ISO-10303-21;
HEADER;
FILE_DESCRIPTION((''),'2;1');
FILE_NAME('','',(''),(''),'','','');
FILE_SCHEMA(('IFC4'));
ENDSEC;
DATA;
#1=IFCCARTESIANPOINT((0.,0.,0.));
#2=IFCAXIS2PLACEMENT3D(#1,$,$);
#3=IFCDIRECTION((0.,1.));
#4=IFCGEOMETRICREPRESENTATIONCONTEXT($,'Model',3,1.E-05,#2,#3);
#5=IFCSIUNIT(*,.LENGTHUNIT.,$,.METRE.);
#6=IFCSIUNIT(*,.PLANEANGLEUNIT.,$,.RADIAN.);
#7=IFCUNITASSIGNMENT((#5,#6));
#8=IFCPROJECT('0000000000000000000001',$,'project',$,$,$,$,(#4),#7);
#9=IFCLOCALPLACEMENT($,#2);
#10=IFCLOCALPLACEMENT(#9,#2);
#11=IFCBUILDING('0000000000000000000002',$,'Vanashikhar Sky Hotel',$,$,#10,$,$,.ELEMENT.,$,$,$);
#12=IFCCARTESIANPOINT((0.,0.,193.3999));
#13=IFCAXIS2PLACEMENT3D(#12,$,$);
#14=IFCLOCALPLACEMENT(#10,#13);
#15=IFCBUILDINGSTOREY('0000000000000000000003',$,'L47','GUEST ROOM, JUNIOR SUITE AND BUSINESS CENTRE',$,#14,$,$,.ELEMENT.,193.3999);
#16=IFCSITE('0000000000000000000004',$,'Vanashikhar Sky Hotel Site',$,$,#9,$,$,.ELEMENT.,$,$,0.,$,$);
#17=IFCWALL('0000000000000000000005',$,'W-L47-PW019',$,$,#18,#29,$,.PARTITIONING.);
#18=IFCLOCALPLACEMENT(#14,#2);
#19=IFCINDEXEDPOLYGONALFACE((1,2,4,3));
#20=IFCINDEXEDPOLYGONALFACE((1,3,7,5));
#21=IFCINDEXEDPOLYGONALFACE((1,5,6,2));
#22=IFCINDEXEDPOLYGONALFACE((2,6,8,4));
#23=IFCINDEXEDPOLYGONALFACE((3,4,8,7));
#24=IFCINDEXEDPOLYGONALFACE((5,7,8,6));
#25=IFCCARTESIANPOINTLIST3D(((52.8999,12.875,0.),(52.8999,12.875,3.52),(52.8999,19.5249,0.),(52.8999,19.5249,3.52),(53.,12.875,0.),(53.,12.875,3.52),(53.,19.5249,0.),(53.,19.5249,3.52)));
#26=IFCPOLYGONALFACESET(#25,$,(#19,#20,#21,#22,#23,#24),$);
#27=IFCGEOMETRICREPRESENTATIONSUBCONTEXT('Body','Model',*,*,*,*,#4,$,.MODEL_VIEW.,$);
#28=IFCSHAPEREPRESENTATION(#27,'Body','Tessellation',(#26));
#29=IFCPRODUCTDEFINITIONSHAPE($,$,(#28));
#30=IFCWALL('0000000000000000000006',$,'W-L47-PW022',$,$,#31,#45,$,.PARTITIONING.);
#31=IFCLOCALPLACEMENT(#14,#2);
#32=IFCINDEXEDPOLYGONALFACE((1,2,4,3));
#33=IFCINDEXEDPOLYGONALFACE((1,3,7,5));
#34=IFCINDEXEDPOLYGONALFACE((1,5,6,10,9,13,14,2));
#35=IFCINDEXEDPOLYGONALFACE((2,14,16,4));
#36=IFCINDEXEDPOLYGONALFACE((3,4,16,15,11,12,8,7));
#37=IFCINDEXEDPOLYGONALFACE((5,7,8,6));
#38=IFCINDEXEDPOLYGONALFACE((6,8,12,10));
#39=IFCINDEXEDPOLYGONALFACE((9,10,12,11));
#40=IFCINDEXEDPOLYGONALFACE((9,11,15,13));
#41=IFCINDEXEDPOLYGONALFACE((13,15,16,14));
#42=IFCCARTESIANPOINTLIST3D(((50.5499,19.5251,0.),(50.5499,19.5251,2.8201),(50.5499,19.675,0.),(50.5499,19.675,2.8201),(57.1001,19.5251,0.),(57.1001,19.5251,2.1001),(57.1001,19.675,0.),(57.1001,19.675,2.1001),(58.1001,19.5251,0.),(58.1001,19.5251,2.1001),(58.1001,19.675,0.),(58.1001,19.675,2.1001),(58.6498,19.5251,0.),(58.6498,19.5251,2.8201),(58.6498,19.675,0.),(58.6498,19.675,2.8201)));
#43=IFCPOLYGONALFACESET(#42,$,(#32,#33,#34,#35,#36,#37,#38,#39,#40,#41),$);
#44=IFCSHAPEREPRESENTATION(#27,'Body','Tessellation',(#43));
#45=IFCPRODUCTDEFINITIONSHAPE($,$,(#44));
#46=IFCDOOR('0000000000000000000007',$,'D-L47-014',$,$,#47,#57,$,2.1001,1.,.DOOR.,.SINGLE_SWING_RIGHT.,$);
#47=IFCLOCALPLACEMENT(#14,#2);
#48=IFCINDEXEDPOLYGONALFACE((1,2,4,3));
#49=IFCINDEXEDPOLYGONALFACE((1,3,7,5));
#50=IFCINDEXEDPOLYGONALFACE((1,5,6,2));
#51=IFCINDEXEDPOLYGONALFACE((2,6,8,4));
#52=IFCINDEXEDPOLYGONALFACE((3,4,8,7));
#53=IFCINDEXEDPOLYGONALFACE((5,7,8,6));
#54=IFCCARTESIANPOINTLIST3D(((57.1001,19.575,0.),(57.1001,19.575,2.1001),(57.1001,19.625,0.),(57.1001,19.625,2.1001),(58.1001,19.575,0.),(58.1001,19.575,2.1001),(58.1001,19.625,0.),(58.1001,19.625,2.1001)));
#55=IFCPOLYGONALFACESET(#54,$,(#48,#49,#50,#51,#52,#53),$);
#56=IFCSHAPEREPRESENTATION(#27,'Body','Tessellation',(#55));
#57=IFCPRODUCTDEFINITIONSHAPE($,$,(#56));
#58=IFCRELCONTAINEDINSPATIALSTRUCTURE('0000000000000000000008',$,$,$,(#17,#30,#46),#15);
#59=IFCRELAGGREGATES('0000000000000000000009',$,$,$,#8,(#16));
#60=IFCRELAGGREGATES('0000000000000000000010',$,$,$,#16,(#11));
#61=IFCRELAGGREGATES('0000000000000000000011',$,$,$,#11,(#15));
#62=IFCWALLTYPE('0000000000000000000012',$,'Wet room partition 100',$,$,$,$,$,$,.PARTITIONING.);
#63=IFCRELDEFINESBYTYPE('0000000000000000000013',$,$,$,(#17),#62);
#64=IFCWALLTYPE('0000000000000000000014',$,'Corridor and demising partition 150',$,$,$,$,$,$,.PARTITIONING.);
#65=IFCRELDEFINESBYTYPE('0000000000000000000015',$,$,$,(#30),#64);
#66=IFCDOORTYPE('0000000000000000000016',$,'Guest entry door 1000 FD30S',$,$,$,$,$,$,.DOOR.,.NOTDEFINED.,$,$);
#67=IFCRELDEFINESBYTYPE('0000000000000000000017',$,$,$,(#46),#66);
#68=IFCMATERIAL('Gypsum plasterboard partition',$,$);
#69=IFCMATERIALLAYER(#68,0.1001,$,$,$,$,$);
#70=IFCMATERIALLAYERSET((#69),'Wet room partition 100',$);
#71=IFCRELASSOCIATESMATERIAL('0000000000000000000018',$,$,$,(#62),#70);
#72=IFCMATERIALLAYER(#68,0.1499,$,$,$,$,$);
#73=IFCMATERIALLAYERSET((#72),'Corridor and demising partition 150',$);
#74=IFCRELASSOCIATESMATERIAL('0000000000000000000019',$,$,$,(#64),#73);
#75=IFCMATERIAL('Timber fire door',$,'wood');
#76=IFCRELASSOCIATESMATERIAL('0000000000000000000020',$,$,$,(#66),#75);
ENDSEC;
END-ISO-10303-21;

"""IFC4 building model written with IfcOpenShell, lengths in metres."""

from ifc_helpers import new_model, si_unit, direction, frame, frame_2d, origin, place, context, subcontext, project, spatial, rectangle, extrude, source, transform, mapped, material, layer, layer_set, type_object, element, fill, save


model = new_model("IFC4")

# Units and contexts
model_context = context("Model", 3, precision=1e-05, world=origin(), true_north=direction((0.0, 1.0)))
body_context = subcontext(model_context, "Body", "Model", "MODEL_VIEW")
ifc_project = project(units=[si_unit("LENGTHUNIT", "METRE"), si_unit("PLANEANGLEUNIT", "RADIAN")], contexts=[model_context])

# Site, building, storey
site_placement = place(None, origin())
site = spatial("IfcSite", under=ifc_project, at=site_placement, Name="Vanashikhar Sky Hotel Site", CompositionType="ELEMENT", RefElevation=0.0)
building_placement = place(site_placement, origin())
building = spatial("IfcBuilding", under=site, at=building_placement, Name="Vanashikhar Sky Hotel", CompositionType="ELEMENT")
storey_placement = place(building_placement, frame((0.0, 0.0, 193.3999)))
storey = spatial("IfcBuildingStorey", under=building, at=storey_placement, Name="L47", Description="GUEST ROOM, JUNIOR SUITE AND BUSINESS CENTRE", CompositionType="ELEMENT", Elevation=193.3999)

# Shared definitions
ifc_material_1 = material(Name="Gypsum plasterboard partition")
ifc_layer_1 = layer(ifc_material_1, 0.1001)
ifc_layer_set_1 = layer_set([ifc_layer_1], Name="Wet room partition 100")
wall_type_1 = type_object("IfcWallType", Name="Wet room partition 100", PredefinedType="PARTITIONING", material=ifc_layer_set_1)

# Wall
shared_shape_1 = source(origin(), body_context, "Body", "SweptSolid", [
    extrude(rectangle(XDim=6.6499, YDim=0.1001, at=frame_2d((3.325, 0.0))), origin(), (0.0, 0.0, 1.0), 3.52),
])
wall_1_placement = place(storey_placement, frame((52.95, 12.875, 0.0), z_axis=(0.0, 0.0, 1.0), x_axis=(0.0, 1.0, 0.0)))
element("IfcWall", 1, at=wall_1_placement, inside=storey, type_object=wall_type_1, Name="W-L47-PW019", PredefinedType="PARTITIONING", context=body_context, shape_type="MappedRepresentation", body=[
    mapped(shared_shape_1, transform((0.0, 0.0, 0.0), scale=1.0)),
])

# Wall, opening, door
ifc_layer_2 = layer(ifc_material_1, 0.1499)
ifc_layer_set_2 = layer_set([ifc_layer_2], Name="Corridor and demising partition 150")
wall_type_2 = type_object("IfcWallType", Name="Corridor and demising partition 150", PredefinedType="PARTITIONING", material=ifc_layer_set_2)
shared_shape_2 = source(origin(), body_context, "Body", "SweptSolid", [
    extrude(rectangle(XDim=8.0999, YDim=0.1499, at=frame_2d((4.0498, 0.0))), origin(), (0.0, 0.0, 1.0), 2.8201),
])
wall_2_placement = place(storey_placement, frame((50.55, 19.6001, 0.0), z_axis=(0.0, 0.0, 1.0), x_axis=(1.0, 0.0, 0.0)))
wall_2 = element("IfcWall", 2, at=wall_2_placement, inside=storey, type_object=wall_type_2, Name="W-L47-PW022", PredefinedType="PARTITIONING", context=body_context, shape_type="MappedRepresentation", body=[
    mapped(shared_shape_2, transform((0.0, 0.0, 0.0), scale=1.0)),
])
shared_shape_3 = source(origin(), body_context, "Body", "SweptSolid", [
    extrude(rectangle(XDim=1.0, YDim=2.1001, at=frame_2d((0.5, 1.05))), frame((0.0, 0.085, 0.0), z_axis=(0.0, -1.0, 0.0), x_axis=(1.0, 0.0, 0.0)), (0.0, 0.0, 1.0), 0.1699),
])
opening_1_placement = place(wall_2_placement, frame((6.55, 0.0, 0.0)))
opening_1 = element("IfcOpeningElement", 3, at=opening_1_placement, cuts=wall_2, PredefinedType="OPENING", context=body_context, shape_type="MappedRepresentation", body=[
    mapped(shared_shape_3, transform((0.0, 0.0, 0.0), scale=1.0)),
])
ifc_material_2 = material(Name="Timber fire door", Category="wood")
door_type_1 = type_object("IfcDoorType", Name="Guest entry door 1000 FD30S", OperationType="NOTDEFINED", PredefinedType="DOOR", material=ifc_material_2)
shared_shape_4 = source(origin(), body_context, "Body", "SweptSolid", [
    extrude(rectangle(XDim=1.0, YDim=2.1001, at=frame_2d((0.5, 1.05))), frame((0.0, 0.0249, 0.0), z_axis=(0.0, -1.0, 0.0), x_axis=(1.0, 0.0, 0.0)), (0.0, 0.0, 1.0), 0.05),
])
door_1_placement = place(opening_1_placement, origin())
door_1 = element("IfcDoor", 4, at=door_1_placement, inside=storey, type_object=door_type_1, Name="D-L47-014", OperationType="SINGLE_SWING_RIGHT", OverallHeight=2.1001, OverallWidth=1.0, PredefinedType="DOOR", context=body_context, shape_type="MappedRepresentation", body=[
    mapped(shared_shape_4, transform((0.0, 0.0, 0.0), scale=1.0)),
])
fill(opening_1, door_1)

save(model, "model.ifc")
